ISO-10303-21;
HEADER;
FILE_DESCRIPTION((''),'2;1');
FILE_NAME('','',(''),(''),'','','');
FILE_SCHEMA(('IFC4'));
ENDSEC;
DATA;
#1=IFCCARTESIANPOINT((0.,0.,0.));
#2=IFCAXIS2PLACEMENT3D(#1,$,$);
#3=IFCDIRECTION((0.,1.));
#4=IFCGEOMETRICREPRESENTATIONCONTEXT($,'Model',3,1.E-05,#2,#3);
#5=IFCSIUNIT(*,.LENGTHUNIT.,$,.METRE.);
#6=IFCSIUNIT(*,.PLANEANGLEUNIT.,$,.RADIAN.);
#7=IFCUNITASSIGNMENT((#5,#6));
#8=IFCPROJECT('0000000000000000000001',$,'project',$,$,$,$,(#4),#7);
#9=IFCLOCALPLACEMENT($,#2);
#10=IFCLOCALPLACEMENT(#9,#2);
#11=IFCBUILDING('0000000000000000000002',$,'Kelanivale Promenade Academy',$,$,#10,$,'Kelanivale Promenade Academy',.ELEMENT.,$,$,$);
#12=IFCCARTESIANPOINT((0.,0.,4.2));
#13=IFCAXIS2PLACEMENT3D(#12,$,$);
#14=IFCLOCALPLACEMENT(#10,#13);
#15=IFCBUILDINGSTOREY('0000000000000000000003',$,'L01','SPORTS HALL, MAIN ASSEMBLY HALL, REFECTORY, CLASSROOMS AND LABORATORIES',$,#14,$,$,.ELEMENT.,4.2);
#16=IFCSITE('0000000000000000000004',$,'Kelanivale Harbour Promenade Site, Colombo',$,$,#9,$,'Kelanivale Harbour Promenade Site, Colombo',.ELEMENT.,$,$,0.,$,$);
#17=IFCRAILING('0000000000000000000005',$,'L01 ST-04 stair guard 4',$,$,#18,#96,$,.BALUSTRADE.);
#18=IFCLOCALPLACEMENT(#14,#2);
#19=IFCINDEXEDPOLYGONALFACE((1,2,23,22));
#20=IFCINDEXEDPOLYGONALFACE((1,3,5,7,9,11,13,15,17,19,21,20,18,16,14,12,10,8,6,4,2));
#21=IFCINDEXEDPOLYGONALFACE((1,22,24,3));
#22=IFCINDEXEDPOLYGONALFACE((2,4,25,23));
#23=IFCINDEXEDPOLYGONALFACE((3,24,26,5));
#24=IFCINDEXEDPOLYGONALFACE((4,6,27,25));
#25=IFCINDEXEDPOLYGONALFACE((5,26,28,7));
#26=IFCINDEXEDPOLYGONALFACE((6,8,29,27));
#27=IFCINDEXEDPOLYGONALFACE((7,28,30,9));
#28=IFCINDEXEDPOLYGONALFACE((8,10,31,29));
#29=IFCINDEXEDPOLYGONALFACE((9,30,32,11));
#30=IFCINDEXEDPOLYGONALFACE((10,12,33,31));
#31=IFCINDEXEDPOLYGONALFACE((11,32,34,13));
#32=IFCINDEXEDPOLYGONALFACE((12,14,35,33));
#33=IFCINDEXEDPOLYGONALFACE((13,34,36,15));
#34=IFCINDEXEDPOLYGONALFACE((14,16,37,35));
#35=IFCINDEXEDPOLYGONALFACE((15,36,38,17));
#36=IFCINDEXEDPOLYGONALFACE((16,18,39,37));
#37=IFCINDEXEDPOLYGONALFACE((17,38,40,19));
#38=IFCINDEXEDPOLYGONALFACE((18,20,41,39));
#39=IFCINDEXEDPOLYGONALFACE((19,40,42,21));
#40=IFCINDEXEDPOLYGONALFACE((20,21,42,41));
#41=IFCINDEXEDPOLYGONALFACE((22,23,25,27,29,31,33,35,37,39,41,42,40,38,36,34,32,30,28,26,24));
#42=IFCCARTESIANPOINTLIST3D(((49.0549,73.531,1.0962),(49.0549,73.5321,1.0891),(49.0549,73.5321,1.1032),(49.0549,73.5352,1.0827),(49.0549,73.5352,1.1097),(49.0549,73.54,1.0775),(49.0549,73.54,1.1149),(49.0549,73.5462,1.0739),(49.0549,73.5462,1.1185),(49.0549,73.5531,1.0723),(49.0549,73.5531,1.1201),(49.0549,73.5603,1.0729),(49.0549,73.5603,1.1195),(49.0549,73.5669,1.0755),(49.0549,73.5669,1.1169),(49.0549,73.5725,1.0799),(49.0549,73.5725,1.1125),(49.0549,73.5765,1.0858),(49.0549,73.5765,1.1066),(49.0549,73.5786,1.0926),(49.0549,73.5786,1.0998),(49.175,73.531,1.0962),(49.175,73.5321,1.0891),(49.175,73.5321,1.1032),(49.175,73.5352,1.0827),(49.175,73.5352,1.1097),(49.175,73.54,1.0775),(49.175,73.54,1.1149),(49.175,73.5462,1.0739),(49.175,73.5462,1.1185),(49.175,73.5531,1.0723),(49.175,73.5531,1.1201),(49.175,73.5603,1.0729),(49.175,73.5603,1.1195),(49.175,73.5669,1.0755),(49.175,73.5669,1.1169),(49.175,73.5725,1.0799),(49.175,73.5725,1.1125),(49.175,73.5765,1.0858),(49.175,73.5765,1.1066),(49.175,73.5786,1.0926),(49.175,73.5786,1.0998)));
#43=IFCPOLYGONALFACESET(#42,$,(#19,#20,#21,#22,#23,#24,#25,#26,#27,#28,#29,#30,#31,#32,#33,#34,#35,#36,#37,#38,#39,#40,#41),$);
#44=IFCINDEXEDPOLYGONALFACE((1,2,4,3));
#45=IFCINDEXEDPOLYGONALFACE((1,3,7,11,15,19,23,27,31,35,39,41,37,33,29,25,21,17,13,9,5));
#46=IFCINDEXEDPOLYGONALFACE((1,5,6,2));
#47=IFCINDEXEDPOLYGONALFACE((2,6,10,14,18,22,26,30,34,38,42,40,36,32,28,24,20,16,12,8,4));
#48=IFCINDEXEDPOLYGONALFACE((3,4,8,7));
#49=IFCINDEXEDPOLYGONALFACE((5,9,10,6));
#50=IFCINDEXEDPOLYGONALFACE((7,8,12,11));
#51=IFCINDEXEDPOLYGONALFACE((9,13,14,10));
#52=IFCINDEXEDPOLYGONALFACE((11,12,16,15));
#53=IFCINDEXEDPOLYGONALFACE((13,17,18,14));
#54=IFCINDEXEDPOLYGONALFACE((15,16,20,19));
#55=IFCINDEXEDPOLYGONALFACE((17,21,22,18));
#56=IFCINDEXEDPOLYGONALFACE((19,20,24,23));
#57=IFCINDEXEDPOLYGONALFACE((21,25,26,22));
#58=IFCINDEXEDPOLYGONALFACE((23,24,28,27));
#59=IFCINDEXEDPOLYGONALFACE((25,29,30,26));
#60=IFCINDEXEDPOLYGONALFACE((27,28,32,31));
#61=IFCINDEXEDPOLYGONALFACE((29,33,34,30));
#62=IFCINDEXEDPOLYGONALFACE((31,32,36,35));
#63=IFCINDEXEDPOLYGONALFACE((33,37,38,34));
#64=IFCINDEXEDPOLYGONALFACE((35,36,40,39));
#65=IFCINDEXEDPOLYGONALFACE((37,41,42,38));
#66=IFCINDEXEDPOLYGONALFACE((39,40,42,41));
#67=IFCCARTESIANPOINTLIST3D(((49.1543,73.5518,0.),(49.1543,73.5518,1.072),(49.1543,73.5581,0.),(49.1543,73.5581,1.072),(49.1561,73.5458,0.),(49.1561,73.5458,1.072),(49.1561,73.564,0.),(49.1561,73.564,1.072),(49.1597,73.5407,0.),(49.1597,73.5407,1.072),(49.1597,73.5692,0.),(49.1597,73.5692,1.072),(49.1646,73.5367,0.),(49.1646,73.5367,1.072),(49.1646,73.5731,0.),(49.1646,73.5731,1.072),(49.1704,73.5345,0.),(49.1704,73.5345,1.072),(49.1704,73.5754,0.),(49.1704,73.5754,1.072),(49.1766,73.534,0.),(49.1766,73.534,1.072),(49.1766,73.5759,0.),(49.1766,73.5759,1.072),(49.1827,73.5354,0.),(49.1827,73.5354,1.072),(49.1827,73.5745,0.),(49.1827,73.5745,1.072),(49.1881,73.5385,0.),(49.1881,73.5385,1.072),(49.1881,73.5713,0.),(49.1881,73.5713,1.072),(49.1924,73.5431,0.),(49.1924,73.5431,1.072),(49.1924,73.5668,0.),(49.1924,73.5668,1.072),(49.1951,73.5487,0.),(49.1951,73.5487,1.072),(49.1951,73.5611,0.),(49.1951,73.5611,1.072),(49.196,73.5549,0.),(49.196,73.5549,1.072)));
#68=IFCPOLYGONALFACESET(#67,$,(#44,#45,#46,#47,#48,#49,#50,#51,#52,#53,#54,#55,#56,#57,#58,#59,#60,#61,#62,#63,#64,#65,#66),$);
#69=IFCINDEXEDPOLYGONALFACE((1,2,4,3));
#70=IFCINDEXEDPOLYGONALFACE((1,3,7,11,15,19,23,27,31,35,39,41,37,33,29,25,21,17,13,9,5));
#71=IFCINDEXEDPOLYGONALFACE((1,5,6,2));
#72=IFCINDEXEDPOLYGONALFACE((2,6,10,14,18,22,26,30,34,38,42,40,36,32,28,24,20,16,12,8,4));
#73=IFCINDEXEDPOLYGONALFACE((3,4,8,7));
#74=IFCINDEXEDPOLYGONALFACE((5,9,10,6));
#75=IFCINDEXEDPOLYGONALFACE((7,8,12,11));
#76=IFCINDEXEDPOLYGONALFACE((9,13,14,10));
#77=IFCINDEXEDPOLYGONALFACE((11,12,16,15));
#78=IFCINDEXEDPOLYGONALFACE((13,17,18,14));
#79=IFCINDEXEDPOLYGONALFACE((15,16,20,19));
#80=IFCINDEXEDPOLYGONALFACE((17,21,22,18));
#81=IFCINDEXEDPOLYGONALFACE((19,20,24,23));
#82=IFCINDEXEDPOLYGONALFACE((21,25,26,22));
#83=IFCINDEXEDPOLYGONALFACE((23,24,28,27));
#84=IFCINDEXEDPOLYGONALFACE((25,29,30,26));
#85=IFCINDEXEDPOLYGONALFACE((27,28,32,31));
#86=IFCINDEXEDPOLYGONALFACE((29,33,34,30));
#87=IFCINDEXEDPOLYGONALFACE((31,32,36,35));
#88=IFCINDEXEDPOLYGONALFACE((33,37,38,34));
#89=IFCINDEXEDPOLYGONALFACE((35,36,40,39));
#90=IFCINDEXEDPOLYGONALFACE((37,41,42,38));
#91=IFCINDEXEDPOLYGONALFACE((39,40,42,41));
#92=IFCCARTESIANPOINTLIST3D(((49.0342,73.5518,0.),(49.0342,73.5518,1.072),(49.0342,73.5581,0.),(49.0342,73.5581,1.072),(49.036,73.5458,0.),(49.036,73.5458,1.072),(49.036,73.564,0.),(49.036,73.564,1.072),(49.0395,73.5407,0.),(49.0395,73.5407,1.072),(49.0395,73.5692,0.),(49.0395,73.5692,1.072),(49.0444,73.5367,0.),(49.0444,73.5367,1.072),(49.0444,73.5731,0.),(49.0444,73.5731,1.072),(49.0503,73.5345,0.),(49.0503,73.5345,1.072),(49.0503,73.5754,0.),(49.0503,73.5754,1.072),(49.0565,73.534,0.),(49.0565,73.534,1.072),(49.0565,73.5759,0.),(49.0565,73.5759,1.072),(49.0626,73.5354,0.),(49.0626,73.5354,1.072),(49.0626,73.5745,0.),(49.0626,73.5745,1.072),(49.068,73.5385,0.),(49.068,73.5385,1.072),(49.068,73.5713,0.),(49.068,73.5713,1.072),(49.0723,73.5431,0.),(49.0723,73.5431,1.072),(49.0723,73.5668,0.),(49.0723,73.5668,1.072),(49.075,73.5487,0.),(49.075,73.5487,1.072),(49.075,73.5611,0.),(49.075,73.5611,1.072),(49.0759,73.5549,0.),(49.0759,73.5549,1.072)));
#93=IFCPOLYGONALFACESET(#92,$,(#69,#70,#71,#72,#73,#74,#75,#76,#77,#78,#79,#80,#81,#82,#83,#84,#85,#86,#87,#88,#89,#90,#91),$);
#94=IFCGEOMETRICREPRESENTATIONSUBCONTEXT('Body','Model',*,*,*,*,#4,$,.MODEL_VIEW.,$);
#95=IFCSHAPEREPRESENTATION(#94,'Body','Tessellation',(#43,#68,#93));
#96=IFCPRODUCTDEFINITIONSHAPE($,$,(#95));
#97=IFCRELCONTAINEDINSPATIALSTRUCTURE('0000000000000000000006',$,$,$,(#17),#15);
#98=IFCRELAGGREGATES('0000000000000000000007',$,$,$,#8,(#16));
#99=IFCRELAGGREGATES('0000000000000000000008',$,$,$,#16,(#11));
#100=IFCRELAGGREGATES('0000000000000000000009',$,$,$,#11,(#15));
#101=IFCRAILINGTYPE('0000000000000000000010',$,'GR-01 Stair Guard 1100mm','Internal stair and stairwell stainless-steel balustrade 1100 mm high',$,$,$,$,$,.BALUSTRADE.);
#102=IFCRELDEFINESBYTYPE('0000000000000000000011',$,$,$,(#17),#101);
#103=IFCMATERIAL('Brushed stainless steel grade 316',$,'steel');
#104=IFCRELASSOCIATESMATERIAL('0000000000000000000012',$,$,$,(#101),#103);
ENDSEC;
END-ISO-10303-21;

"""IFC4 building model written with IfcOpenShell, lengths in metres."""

from ifc_helpers import new_model, si_unit, direction, frame, origin, origin_2d, place, context, subcontext, project, spatial, circle, extrude, material, type_object, element, save


model = new_model("IFC4")

# Units and contexts
model_context = context("Model", 3, precision=1e-05, world=origin(), true_north=direction((0.0, 1.0)))
body_context = subcontext(model_context, "Body", "Model", "MODEL_VIEW")
ifc_project = project(units=[si_unit("LENGTHUNIT", "METRE"), si_unit("PLANEANGLEUNIT", "RADIAN")], contexts=[model_context])

# Site, building, storey
site_placement = place(None, origin())
site = spatial("IfcSite", under=ifc_project, at=site_placement, Name="Kelanivale Harbour Promenade Site, Colombo", LongName="Kelanivale Harbour Promenade Site, Colombo", CompositionType="ELEMENT", RefElevation=0.0)
building_placement = place(site_placement, origin())
building = spatial("IfcBuilding", under=site, at=building_placement, Name="Kelanivale Promenade Academy", LongName="Kelanivale Promenade Academy", CompositionType="ELEMENT")
storey_placement = place(building_placement, frame((0.0, 0.0, 4.2)))
storey = spatial("IfcBuildingStorey", under=building, at=storey_placement, Name="L01", Description="SPORTS HALL, MAIN ASSEMBLY HALL, REFECTORY, CLASSROOMS AND LABORATORIES", CompositionType="ELEMENT", Elevation=4.2)

# Railing
ifc_material_1 = material(Name="Brushed stainless steel grade 316", Category="steel")
railing_type_1 = type_object("IfcRailingType", Name="GR-01 Stair Guard 1100mm", Description="Internal stair and stairwell stainless-steel balustrade 1100 mm high", PredefinedType="BALUSTRADE", material=ifc_material_1)
railing_1_placement = place(storey_placement, frame((49.175, 73.5549, 0.0)))
element("IfcRailing", 1, at=railing_1_placement, inside=storey, type_object=railing_type_1, Name="L01 ST-04 stair guard 4", PredefinedType="BALUSTRADE", context=body_context, shape_type="SweptSolid", body=[
    extrude(circle(Radius=0.0239, at=origin_2d()), frame((0.0, 0.0, 1.0962), z_axis=(-1.0, 0.0, 0.0), x_axis=(0.0, -1.0, 0.0)), (0.0, 0.0, 1.0), 0.1201),
    extrude(circle(Radius=0.021, at=origin_2d()), origin(), (0.0, 0.0, 1.0), 1.072),
    extrude(circle(Radius=0.021, at=origin_2d()), frame((-0.1201, 0.0, 0.0)), (0.0, 0.0, 1.0), 1.072),
])

save(model, "model.ifc")
